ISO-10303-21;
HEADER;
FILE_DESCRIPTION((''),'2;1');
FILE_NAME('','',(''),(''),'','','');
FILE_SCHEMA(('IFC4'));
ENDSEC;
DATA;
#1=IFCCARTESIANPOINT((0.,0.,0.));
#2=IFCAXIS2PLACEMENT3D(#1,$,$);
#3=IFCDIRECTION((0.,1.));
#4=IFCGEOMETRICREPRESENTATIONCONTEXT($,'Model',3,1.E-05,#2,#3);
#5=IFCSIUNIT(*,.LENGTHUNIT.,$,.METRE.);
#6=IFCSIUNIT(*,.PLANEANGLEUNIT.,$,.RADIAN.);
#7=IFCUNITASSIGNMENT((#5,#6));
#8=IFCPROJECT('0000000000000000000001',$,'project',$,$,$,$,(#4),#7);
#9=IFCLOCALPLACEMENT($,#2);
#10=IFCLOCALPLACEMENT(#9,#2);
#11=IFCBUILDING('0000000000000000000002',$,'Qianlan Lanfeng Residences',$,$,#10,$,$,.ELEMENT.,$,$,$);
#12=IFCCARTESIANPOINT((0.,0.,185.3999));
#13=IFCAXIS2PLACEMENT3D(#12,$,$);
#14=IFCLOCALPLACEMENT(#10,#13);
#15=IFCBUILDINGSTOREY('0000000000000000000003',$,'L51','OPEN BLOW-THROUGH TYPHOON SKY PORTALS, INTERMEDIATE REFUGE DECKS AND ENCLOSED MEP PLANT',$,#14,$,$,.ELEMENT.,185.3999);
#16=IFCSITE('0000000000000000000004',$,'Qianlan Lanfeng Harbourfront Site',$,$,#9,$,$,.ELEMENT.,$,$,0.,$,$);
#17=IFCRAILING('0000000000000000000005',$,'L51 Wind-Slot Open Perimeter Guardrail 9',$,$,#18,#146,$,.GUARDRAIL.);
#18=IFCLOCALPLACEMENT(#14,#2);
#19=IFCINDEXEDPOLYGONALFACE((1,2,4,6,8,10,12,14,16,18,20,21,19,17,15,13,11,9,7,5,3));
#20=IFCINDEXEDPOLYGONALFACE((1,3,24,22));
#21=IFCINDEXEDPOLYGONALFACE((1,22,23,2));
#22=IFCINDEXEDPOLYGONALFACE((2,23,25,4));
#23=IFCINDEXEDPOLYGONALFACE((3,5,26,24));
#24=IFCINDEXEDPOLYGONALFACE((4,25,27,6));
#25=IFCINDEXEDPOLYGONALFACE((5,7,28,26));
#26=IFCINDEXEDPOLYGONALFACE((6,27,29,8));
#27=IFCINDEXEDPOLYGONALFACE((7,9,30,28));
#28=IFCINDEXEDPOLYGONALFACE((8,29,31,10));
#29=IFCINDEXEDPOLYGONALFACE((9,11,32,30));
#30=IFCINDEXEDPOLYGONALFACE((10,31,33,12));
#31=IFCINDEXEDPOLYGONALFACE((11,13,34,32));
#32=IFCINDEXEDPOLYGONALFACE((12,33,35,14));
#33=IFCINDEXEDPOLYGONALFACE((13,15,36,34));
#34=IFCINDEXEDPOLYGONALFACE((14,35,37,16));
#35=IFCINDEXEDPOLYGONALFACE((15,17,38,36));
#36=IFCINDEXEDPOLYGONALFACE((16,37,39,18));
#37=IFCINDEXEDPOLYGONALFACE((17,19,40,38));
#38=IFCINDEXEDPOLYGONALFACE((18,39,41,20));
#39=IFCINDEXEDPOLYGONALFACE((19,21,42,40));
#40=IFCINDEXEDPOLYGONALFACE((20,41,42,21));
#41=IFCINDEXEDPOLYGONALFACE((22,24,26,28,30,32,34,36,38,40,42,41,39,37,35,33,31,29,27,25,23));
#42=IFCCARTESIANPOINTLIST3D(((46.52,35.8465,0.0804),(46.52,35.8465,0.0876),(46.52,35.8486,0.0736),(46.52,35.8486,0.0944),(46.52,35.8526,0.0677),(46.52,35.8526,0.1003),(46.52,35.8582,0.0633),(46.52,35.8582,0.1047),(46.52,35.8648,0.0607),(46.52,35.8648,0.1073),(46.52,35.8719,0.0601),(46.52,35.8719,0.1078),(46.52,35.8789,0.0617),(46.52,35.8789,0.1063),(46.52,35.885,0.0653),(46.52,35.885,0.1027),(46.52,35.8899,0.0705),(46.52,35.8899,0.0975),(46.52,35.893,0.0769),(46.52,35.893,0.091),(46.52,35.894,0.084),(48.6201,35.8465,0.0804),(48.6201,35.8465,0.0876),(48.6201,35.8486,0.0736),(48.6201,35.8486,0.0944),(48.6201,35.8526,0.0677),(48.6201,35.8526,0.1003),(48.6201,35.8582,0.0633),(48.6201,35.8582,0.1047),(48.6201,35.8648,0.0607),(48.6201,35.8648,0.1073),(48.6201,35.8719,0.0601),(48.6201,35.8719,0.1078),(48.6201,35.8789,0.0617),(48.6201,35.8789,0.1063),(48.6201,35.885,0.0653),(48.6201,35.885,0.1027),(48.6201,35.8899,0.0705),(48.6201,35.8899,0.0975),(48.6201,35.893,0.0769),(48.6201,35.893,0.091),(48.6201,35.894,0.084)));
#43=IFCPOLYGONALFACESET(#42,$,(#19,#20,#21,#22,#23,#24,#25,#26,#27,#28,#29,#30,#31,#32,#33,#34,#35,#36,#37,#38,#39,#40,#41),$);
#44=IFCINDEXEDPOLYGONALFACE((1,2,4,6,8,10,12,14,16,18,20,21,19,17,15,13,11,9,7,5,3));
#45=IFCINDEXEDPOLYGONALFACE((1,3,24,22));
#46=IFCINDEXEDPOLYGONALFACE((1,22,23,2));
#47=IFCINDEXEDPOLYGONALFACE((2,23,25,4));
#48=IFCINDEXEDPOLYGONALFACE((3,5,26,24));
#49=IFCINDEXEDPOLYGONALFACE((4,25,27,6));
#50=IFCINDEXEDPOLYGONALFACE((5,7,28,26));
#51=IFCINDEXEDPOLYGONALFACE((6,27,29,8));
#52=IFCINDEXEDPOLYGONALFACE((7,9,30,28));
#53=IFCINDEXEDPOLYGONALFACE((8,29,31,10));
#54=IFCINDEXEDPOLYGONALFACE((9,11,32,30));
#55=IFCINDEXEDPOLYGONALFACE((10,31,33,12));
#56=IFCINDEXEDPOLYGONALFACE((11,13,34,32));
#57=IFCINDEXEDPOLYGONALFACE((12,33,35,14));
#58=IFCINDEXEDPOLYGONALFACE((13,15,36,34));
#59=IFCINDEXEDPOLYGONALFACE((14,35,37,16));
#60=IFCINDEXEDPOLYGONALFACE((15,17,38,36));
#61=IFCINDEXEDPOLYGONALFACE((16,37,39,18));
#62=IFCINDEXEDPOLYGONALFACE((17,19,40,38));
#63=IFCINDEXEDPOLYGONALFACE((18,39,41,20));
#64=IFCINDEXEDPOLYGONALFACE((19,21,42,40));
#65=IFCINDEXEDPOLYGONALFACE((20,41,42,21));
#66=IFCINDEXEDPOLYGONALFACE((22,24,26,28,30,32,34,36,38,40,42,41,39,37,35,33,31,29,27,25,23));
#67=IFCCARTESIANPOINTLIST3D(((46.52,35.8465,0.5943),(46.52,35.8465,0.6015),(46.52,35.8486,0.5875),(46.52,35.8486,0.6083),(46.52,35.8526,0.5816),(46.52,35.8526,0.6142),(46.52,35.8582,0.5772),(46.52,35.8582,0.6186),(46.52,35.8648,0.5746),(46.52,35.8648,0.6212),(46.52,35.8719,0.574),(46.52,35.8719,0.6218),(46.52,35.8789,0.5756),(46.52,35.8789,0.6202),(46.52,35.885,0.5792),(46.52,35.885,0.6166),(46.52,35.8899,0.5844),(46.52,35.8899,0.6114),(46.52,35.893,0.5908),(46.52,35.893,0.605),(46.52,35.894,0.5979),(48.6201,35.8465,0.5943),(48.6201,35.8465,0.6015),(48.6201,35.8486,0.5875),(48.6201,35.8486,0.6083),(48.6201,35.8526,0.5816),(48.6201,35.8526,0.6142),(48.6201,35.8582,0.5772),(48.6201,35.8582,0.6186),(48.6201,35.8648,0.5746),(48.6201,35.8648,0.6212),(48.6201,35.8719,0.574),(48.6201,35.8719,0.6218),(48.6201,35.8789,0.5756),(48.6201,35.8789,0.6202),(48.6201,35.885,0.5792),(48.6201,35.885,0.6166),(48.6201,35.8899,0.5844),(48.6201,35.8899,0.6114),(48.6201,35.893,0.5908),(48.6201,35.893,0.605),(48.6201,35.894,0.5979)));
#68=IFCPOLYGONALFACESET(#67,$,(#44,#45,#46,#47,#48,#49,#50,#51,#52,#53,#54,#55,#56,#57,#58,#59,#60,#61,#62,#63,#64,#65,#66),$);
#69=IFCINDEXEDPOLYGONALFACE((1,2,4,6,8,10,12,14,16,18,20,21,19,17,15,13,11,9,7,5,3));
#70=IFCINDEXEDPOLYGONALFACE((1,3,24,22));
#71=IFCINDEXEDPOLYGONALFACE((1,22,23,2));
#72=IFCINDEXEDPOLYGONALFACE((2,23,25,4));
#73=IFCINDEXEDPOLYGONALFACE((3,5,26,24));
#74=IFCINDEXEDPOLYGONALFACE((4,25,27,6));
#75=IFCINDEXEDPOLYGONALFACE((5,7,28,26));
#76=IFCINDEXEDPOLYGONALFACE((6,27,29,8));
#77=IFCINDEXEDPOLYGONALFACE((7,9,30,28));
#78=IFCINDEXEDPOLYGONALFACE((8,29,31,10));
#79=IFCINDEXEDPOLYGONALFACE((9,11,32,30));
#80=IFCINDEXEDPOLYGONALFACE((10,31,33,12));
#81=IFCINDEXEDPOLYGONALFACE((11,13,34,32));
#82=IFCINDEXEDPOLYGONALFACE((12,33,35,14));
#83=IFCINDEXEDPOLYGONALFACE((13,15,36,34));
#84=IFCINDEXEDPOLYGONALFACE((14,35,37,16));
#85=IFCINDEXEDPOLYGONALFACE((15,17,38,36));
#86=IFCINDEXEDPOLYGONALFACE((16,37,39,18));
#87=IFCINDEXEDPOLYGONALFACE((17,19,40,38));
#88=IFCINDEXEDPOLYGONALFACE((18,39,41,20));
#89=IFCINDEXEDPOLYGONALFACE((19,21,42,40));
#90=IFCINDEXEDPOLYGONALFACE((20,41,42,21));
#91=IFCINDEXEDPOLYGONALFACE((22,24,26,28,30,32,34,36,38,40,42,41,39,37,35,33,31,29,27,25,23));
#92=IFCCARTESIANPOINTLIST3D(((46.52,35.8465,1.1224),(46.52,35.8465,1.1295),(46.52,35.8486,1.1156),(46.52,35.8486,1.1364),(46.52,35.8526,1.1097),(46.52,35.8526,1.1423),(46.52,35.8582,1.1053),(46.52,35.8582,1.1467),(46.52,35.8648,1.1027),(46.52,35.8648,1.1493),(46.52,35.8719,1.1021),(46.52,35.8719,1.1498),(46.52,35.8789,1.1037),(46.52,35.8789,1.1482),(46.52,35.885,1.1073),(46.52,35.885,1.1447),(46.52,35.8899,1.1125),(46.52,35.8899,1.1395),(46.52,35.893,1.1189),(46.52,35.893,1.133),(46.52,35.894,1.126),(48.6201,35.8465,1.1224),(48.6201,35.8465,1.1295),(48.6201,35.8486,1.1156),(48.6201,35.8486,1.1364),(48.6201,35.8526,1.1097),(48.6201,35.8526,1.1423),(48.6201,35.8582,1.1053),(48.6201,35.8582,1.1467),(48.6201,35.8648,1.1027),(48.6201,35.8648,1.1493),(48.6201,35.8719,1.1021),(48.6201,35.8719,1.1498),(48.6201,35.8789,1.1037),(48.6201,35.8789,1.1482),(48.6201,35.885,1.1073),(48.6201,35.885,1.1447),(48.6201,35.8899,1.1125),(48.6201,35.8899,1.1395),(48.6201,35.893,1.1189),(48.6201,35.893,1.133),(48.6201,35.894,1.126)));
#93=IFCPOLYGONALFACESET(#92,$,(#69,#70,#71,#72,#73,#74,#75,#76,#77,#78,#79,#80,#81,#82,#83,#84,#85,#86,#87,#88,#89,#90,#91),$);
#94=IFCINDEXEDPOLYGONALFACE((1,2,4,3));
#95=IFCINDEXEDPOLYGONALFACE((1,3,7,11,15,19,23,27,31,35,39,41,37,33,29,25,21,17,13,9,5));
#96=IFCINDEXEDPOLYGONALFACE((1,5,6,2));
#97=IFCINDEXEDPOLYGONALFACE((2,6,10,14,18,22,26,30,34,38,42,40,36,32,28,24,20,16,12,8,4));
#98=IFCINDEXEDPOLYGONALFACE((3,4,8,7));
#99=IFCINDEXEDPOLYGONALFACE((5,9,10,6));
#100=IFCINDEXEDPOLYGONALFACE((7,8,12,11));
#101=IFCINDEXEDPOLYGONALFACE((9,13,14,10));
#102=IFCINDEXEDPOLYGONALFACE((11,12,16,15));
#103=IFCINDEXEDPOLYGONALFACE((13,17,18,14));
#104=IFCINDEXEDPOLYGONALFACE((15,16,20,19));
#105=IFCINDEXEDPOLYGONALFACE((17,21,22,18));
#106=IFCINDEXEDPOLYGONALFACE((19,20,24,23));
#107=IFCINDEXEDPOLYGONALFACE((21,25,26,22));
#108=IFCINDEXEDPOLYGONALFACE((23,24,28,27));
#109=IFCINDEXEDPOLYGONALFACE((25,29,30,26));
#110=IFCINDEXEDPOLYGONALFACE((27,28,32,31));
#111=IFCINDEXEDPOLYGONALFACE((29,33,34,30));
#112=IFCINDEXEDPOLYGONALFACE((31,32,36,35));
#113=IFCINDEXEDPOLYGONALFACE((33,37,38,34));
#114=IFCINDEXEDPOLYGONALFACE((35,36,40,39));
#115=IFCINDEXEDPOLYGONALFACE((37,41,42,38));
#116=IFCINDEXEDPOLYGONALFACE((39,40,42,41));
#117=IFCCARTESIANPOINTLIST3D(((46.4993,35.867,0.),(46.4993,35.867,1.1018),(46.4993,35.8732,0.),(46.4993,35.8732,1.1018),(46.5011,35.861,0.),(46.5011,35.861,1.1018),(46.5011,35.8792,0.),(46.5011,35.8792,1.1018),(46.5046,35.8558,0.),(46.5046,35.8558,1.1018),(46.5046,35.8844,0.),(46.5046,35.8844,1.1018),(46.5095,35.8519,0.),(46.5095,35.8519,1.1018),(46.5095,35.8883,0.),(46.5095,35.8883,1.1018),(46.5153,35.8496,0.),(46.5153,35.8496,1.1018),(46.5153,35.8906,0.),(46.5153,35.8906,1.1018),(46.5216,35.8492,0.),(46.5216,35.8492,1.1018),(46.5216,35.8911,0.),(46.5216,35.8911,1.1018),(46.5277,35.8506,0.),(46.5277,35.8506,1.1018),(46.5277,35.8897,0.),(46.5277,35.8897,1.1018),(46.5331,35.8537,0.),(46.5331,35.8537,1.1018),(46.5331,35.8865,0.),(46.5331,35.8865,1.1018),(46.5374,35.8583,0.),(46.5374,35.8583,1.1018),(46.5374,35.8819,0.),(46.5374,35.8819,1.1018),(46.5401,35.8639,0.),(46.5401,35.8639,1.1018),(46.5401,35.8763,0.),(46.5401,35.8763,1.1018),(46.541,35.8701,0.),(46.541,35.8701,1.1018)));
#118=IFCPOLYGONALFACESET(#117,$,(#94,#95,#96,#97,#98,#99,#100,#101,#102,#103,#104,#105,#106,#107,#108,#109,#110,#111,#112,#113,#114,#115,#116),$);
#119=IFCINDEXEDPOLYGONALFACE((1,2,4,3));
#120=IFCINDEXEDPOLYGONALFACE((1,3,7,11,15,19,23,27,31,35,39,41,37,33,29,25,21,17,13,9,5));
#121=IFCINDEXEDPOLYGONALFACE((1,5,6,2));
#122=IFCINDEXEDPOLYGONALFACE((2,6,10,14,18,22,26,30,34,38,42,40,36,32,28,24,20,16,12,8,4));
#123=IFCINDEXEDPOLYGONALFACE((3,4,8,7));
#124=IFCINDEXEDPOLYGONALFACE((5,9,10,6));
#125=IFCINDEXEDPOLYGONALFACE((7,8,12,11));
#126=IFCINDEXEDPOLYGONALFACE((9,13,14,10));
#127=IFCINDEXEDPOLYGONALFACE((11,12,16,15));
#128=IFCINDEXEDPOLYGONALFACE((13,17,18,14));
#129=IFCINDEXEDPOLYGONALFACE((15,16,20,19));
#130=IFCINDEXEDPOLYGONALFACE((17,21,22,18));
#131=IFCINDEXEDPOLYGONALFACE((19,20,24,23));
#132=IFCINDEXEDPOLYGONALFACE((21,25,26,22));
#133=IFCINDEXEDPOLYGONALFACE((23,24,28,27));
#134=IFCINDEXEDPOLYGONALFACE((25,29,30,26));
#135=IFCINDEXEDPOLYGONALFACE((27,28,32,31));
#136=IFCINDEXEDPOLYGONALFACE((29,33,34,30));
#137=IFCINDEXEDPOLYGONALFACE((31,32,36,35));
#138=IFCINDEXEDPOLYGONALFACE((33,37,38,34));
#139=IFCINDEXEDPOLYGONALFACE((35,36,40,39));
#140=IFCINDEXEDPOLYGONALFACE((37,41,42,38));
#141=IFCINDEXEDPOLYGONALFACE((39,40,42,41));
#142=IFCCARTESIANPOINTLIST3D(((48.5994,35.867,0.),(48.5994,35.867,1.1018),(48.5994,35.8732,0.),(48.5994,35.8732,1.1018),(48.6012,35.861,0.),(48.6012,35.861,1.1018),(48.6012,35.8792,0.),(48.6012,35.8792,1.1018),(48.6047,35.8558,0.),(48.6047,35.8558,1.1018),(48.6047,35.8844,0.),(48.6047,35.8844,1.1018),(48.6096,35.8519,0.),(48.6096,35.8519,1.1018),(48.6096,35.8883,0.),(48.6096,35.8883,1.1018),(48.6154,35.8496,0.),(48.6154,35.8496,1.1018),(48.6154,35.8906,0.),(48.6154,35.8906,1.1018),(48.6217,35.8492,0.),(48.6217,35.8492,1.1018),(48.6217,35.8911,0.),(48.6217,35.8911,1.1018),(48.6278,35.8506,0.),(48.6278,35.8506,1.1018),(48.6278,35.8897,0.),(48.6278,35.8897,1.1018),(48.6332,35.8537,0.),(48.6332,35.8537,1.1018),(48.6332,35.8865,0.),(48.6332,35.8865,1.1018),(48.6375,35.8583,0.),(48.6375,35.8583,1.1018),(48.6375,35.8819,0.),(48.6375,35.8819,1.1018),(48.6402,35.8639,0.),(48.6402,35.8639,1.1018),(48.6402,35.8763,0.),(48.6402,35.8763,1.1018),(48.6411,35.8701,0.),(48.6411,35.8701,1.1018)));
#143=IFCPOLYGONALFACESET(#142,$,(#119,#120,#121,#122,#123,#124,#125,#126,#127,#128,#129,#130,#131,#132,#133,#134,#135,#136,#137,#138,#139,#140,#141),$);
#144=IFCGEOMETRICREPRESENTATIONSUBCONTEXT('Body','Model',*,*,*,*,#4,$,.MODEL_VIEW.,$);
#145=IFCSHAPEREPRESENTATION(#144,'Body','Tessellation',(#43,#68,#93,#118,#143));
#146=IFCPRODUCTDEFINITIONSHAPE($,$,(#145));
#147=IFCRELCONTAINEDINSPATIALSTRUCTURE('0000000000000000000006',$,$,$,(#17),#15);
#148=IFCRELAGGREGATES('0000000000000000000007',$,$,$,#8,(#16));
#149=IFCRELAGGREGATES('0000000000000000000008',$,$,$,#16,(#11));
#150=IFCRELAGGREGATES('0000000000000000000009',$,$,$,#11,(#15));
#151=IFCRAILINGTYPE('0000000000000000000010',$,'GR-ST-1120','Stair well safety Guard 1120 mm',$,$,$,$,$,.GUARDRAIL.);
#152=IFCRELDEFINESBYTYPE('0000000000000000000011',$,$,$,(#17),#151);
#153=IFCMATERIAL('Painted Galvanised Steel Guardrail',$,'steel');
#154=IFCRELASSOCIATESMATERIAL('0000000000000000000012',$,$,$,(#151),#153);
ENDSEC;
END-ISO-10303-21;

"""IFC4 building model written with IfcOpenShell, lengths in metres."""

from ifc_helpers import new_model, si_unit, direction, frame, origin, origin_2d, place, context, subcontext, project, spatial, circle, extrude, material, type_object, element, save


model = new_model("IFC4")

# Units and contexts
model_context = context("Model", 3, precision=1e-05, world=origin(), true_north=direction((0.0, 1.0)))
body_context = subcontext(model_context, "Body", "Model", "MODEL_VIEW")
ifc_project = project(units=[si_unit("LENGTHUNIT", "METRE"), si_unit("PLANEANGLEUNIT", "RADIAN")], contexts=[model_context])

# Site, building, storey
site_placement = place(None, origin())
site = spatial("IfcSite", under=ifc_project, at=site_placement, Name="Qianlan Lanfeng Harbourfront Site", CompositionType="ELEMENT", RefElevation=0.0)
building_placement = place(site_placement, origin())
building = spatial("IfcBuilding", under=site, at=building_placement, Name="Qianlan Lanfeng Residences", CompositionType="ELEMENT")
storey_placement = place(building_placement, frame((0.0, 0.0, 185.3999)))
storey = spatial("IfcBuildingStorey", under=building, at=storey_placement, Name="L51", Description="OPEN BLOW-THROUGH TYPHOON SKY PORTALS, INTERMEDIATE REFUGE DECKS AND ENCLOSED MEP PLANT", CompositionType="ELEMENT", Elevation=185.3999)

# Railing
ifc_material_1 = material(Name="Painted Galvanised Steel Guardrail", Category="steel")
railing_type_1 = type_object("IfcRailingType", Name="GR-ST-1120", Description="Stair well safety Guard 1120 mm", PredefinedType="GUARDRAIL", material=ifc_material_1)
railing_1_placement = place(storey_placement, frame((46.52, 35.8701, 0.0)))
element("IfcRailing", 1, at=railing_1_placement, inside=storey, type_object=railing_type_1, Name="L51 Wind-Slot Open Perimeter Guardrail 9", PredefinedType="GUARDRAIL", context=body_context, shape_type="SweptSolid", body=[
    extrude(circle(Radius=0.0239, at=origin_2d()), frame((0.0, 0.0, 0.084), z_axis=(1.0, 0.0, 0.0), x_axis=(0.0, 1.0, 0.0)), (0.0, 0.0, 1.0), 2.1001),
    extrude(circle(Radius=0.0239, at=origin_2d()), frame((0.0, 0.0, 0.5979), z_axis=(1.0, 0.0, 0.0), x_axis=(0.0, 1.0, 0.0)), (0.0, 0.0, 1.0), 2.1001),
    extrude(circle(Radius=0.0239, at=origin_2d()), frame((0.0, 0.0, 1.126), z_axis=(1.0, 0.0, 0.0), x_axis=(0.0, 1.0, 0.0)), (0.0, 0.0, 1.0), 2.1001),
    extrude(circle(Radius=0.021, at=origin_2d()), origin(), (0.0, 0.0, 1.0), 1.1018),
    extrude(circle(Radius=0.021, at=origin_2d()), frame((2.1001, 0.0, 0.0)), (0.0, 0.0, 1.0), 1.1018),
])

save(model, "model.ifc")
